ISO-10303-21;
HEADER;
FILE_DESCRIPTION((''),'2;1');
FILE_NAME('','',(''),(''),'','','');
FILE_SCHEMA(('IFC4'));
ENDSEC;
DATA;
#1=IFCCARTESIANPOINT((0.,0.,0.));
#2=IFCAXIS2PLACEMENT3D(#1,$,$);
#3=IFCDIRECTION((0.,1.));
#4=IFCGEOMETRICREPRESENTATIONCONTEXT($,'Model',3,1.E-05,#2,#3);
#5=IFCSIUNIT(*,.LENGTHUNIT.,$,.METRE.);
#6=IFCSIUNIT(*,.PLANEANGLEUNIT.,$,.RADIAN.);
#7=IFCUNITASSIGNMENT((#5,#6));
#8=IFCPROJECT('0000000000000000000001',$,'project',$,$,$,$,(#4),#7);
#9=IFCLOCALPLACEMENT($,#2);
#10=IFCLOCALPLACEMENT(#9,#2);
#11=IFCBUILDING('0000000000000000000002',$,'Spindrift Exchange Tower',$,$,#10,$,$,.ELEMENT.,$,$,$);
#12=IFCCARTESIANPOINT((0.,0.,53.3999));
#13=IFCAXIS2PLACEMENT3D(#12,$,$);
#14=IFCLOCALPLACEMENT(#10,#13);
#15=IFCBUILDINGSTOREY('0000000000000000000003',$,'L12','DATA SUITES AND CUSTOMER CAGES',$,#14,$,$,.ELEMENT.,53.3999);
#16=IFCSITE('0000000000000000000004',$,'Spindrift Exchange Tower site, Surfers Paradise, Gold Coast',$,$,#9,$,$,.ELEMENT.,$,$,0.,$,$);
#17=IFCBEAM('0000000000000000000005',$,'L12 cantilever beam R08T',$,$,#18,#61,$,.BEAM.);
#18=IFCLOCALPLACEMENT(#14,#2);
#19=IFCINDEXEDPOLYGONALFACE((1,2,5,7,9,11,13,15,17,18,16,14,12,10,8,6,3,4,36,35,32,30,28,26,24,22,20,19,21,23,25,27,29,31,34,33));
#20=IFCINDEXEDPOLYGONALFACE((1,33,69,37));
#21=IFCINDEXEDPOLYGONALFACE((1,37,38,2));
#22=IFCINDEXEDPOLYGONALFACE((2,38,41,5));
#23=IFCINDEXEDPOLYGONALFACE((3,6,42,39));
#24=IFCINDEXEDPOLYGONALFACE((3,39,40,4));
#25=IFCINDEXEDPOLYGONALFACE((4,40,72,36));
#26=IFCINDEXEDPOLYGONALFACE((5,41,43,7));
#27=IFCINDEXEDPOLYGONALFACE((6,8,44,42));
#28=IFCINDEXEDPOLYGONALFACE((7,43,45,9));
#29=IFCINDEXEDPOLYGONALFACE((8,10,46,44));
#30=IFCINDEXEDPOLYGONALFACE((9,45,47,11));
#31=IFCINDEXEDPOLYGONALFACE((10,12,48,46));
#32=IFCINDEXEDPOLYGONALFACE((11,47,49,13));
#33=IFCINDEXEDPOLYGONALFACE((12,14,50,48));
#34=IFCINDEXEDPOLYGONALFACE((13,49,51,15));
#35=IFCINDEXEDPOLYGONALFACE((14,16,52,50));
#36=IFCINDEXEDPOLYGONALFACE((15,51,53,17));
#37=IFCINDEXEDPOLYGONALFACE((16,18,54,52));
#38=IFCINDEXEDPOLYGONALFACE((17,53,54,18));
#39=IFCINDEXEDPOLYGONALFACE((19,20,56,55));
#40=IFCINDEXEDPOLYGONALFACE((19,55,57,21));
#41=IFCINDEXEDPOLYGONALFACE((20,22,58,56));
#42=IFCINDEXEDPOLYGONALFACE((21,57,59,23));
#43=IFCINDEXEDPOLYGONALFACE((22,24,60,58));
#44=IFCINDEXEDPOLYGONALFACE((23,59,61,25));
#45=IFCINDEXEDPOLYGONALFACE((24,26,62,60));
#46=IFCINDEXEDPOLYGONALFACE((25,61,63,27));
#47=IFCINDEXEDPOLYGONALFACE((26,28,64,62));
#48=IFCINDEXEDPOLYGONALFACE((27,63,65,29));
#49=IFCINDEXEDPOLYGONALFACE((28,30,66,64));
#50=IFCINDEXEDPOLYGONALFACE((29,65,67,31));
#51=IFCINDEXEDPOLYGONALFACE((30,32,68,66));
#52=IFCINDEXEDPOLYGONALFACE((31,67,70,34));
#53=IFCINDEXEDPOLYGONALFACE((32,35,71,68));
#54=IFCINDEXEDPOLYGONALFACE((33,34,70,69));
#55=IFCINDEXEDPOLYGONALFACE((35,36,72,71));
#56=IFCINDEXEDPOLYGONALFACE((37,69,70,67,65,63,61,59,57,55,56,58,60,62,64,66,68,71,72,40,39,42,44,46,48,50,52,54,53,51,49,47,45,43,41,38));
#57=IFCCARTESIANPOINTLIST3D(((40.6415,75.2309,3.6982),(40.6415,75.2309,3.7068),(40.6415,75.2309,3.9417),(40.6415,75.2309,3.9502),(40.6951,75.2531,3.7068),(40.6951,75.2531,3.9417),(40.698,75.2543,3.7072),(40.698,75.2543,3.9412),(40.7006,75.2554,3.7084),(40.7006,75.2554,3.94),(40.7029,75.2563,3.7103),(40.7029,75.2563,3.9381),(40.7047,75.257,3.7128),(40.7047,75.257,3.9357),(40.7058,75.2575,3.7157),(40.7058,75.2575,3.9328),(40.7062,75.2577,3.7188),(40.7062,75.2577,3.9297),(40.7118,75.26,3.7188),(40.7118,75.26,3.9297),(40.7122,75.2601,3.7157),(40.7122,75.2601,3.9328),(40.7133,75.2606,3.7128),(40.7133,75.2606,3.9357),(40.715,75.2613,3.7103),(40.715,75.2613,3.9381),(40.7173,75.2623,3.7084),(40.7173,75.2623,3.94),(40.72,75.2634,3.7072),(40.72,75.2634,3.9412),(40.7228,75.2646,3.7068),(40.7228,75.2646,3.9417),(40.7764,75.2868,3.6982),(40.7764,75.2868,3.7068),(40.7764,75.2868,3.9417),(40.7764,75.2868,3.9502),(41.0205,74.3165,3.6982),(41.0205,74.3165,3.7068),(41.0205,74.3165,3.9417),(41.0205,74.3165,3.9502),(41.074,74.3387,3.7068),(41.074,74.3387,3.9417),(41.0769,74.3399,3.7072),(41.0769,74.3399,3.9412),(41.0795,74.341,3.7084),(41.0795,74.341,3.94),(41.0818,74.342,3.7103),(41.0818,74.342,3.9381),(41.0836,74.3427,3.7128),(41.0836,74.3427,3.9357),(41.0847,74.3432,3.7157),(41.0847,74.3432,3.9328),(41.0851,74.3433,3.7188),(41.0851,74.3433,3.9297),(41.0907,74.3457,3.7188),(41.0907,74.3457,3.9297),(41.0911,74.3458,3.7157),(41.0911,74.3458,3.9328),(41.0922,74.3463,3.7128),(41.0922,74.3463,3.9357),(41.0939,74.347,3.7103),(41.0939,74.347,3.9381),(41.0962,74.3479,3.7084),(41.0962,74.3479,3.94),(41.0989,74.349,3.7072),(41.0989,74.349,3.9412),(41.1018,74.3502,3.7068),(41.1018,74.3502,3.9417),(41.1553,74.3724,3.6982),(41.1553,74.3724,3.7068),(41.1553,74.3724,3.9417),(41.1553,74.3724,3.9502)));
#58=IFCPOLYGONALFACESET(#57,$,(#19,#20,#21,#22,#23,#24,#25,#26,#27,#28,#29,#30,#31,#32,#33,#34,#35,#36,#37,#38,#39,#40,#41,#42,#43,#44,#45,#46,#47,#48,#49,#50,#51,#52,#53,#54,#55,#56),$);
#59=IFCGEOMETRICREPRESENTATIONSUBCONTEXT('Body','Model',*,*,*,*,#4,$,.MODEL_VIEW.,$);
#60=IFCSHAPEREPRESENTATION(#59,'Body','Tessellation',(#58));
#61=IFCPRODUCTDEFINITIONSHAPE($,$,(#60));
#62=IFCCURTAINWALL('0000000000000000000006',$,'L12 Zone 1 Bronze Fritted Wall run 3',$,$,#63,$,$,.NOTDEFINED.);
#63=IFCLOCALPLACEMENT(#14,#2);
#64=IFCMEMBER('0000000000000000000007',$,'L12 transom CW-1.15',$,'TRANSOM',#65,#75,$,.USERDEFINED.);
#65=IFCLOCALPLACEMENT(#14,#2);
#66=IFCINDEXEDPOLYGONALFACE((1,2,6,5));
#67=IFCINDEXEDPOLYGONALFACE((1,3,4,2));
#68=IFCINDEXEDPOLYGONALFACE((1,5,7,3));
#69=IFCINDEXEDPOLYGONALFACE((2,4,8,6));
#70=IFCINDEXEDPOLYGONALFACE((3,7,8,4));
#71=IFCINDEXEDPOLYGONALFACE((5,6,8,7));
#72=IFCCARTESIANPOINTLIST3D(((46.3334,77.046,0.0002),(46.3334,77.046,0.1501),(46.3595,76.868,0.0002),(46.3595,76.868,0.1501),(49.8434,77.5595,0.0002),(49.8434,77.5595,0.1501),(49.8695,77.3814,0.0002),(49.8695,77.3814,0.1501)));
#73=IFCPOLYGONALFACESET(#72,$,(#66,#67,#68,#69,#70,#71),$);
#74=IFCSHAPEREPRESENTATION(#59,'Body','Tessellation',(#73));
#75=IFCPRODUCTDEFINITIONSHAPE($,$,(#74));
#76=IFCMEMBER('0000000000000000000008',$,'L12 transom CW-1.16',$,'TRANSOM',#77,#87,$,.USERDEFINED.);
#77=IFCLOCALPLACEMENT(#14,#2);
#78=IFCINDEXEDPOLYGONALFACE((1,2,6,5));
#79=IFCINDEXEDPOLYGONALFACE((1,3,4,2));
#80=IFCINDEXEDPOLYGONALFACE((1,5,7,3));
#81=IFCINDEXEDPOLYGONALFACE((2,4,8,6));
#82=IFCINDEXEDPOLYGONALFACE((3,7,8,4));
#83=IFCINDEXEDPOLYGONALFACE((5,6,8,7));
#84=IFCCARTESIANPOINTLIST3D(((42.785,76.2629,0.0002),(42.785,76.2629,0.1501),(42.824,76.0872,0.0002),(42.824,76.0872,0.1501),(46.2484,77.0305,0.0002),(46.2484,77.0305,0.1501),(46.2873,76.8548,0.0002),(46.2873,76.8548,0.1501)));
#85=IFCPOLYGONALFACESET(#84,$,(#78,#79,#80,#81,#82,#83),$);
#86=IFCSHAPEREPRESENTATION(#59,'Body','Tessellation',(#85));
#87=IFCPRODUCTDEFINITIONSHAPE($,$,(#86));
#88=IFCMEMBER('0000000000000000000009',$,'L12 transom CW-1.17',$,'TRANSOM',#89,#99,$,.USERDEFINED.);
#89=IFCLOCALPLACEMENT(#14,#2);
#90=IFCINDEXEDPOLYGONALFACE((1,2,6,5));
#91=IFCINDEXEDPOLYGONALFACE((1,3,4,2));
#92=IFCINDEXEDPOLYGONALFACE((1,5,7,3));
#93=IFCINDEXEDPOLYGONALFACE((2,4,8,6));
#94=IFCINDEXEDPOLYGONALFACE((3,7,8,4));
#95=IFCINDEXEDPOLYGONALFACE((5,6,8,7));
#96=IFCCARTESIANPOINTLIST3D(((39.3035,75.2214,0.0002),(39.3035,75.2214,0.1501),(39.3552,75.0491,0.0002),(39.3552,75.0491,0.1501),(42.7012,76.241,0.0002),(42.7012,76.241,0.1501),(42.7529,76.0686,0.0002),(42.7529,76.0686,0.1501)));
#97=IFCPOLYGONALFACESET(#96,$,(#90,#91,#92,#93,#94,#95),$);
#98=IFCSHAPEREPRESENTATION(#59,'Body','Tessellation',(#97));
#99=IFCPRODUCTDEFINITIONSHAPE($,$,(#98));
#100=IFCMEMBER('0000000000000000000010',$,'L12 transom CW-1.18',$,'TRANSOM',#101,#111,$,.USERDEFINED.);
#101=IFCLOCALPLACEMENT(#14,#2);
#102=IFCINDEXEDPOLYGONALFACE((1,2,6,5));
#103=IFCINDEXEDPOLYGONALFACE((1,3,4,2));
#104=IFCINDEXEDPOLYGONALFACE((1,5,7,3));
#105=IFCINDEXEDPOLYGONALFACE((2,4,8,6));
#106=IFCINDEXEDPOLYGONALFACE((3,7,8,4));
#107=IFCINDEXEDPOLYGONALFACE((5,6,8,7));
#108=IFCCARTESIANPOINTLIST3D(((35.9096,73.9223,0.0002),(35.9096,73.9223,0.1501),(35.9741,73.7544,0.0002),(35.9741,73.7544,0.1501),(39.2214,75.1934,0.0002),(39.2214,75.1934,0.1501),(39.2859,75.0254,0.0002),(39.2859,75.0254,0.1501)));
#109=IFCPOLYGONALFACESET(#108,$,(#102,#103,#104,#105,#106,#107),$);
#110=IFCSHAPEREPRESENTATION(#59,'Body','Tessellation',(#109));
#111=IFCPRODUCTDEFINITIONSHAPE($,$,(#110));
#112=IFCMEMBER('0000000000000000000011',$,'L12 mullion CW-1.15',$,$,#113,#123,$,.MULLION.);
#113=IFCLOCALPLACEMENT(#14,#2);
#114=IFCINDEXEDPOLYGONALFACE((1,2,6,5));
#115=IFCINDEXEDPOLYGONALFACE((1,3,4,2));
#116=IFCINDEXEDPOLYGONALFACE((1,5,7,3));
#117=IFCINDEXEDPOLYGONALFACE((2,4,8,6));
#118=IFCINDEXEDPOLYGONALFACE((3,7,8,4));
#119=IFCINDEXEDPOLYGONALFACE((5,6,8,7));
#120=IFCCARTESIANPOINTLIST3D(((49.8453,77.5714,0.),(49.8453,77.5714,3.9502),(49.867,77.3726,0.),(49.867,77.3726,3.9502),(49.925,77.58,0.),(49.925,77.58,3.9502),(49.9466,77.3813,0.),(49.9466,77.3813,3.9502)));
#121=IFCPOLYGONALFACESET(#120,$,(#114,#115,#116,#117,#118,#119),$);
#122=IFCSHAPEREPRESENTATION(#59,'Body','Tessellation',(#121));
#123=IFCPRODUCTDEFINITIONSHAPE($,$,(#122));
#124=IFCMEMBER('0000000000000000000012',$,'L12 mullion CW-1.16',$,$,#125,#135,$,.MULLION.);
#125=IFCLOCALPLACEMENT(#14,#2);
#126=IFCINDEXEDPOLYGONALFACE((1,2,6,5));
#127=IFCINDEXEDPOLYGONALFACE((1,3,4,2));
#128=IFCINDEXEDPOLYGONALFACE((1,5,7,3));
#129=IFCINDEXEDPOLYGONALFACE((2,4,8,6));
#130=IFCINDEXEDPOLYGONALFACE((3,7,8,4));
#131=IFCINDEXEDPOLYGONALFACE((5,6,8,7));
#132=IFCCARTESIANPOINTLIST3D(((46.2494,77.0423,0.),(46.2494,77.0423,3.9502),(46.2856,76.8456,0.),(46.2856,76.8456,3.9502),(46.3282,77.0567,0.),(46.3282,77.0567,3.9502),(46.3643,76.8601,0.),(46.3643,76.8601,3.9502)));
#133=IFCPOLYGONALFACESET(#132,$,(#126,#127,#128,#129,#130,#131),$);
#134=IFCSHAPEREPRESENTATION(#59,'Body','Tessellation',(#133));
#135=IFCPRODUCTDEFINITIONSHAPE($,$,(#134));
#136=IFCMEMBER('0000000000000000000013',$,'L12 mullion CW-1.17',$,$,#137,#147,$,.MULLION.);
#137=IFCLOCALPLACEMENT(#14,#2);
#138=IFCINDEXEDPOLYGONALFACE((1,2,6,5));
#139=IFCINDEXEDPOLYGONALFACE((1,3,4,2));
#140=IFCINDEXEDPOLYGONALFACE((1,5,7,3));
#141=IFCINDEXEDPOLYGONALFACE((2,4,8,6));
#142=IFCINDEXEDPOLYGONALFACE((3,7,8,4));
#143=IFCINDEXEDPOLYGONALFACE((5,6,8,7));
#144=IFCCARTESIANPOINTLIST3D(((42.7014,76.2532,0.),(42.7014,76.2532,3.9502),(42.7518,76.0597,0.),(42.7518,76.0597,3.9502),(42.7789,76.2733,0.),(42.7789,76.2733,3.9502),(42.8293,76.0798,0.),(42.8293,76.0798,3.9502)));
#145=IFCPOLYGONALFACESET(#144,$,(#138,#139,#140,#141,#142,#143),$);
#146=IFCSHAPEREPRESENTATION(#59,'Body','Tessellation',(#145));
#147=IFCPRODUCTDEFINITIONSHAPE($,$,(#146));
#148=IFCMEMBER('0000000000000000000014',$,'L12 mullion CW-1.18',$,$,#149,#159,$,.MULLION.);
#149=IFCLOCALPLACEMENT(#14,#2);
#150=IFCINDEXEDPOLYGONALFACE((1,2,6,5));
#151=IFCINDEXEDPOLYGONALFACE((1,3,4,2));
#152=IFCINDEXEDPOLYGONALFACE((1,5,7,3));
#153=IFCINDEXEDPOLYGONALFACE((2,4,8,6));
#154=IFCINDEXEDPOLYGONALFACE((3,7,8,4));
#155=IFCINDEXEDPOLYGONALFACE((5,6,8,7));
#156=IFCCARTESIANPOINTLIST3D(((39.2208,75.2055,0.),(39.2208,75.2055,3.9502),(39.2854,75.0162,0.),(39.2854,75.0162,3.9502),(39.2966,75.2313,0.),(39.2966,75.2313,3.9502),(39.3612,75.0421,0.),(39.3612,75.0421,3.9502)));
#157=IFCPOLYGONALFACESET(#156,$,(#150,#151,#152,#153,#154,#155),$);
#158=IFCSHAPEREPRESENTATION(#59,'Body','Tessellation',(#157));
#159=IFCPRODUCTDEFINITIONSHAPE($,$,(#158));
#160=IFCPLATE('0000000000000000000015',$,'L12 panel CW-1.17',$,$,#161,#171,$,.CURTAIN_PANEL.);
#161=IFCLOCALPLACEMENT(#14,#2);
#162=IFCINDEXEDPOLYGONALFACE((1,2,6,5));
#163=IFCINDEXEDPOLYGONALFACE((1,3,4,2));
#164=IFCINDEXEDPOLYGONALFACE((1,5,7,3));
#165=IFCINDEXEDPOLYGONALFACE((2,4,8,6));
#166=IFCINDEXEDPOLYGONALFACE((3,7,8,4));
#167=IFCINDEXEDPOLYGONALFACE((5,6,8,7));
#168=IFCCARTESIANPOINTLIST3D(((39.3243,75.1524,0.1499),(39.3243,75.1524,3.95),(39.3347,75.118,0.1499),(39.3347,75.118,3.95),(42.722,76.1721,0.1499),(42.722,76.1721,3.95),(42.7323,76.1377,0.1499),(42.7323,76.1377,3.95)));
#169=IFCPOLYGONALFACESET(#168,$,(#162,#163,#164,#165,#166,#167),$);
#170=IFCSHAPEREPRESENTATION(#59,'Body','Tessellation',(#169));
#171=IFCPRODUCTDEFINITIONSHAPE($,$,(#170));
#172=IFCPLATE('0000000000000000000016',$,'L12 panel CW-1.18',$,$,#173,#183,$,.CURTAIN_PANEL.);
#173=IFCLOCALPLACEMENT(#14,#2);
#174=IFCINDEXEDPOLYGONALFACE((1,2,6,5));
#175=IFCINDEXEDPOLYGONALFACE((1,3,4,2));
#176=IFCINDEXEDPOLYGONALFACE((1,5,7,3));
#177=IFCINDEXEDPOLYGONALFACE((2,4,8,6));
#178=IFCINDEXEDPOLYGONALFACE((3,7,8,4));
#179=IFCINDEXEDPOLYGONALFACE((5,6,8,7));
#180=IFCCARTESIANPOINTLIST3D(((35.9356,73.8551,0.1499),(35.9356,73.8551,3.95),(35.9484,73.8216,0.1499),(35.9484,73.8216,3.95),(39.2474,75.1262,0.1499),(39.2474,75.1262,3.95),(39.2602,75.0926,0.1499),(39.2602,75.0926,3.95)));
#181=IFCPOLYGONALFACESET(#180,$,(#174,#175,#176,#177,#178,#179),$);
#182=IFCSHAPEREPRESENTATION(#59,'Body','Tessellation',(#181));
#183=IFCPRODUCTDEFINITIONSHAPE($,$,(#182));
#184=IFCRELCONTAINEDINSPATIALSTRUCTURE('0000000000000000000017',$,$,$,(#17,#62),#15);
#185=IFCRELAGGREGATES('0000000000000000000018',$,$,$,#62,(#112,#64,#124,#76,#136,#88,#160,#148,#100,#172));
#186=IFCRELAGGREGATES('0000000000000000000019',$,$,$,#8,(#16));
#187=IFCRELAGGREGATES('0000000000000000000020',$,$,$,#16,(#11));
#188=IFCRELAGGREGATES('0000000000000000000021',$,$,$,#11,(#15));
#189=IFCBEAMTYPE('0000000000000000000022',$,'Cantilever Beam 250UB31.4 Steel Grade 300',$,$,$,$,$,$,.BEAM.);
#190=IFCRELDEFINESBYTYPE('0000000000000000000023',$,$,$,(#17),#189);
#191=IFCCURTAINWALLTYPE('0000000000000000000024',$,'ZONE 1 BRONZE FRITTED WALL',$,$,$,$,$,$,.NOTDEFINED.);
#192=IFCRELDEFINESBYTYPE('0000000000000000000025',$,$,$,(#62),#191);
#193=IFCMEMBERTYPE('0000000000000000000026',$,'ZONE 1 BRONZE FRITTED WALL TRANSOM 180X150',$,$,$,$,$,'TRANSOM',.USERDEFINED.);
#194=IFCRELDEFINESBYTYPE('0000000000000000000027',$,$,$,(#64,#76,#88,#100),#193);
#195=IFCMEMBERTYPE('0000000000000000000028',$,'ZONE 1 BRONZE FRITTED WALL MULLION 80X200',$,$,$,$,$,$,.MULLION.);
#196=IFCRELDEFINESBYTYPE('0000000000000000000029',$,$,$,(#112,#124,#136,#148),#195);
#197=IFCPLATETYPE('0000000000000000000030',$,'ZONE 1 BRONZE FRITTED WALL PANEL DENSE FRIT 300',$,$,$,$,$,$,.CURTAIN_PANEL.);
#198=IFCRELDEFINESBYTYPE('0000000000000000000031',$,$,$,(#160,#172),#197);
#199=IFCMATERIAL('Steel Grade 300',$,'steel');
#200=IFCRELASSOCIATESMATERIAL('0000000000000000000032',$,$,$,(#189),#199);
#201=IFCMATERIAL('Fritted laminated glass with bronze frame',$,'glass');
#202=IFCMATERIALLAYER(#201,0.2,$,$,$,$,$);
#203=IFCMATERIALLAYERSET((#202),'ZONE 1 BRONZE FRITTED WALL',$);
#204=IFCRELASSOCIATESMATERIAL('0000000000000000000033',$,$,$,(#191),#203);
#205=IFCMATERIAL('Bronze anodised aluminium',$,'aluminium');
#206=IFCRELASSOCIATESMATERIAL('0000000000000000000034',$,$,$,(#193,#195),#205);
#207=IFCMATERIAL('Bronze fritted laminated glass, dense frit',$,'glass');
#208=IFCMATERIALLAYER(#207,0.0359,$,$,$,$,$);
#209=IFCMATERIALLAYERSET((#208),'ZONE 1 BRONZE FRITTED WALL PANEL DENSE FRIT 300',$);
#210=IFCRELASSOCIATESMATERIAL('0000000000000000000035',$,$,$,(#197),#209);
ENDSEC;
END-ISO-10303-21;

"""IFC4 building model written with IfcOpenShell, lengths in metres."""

from ifc_helpers import new_model, si_unit, direction, frame, origin, origin_2d, place, context, subcontext, project, spatial, rectangle, i_section, extrude, source, transform, mapped, material, layer, layer_set, material_profile, profile_set, type_object, element, aggregate, save


model = new_model("IFC4")

# Units and contexts
model_context = context("Model", 3, precision=1e-05, world=origin(), true_north=direction((0.0, 1.0)))
body_context = subcontext(model_context, "Body", "Model", "MODEL_VIEW")
ifc_project = project(units=[si_unit("LENGTHUNIT", "METRE"), si_unit("PLANEANGLEUNIT", "RADIAN")], contexts=[model_context])

# Site, building, storey
site_placement = place(None, origin())
site = spatial("IfcSite", under=ifc_project, at=site_placement, Name="Spindrift Exchange Tower site, Surfers Paradise, Gold Coast", CompositionType="ELEMENT", RefElevation=0.0)
building_placement = place(site_placement, origin())
building = spatial("IfcBuilding", under=site, at=building_placement, Name="Spindrift Exchange Tower", CompositionType="ELEMENT")
storey_placement = place(building_placement, frame((0.0, 0.0, 53.3999)))
storey = spatial("IfcBuildingStorey", under=building, at=storey_placement, Name="L12", Description="DATA SUITES AND CUSTOMER CAGES", CompositionType="ELEMENT", Elevation=53.3999)

# Beam
ifc_material_1 = material(Name="Steel Grade 300", Category="steel")
ifc_material_profile_1 = material_profile(ifc_material_1, i_section(OverallWidth=0.146, OverallDepth=0.252, WebThickness=0.0061, FlangeThickness=0.0085, FilletRadius=0.012, at=origin_2d()), Name="250UB31.4")
ifc_profile_set_1 = profile_set([ifc_material_profile_1], Name="Steel Grade 300")
beam_type_1 = type_object("IfcBeamType", Name="Cantilever Beam 250UB31.4 Steel Grade 300", PredefinedType="BEAM", material=ifc_profile_set_1)
shared_shape_1 = source(origin(), body_context, "Body", "SweptSolid", [
    extrude(i_section(OverallWidth=0.146, OverallDepth=0.252, WebThickness=0.0061, FlangeThickness=0.0085, FilletRadius=0.012, at=origin_2d()), origin(), (0.0, 0.0, 1.0), 0.9897),
])
beam_1_placement = place(storey_placement, frame((41.0879, 74.3445, 3.8242), z_axis=(-0.382846, 0.923812, 0.0), x_axis=(-0.923812, -0.382846, 0.0)))
element("IfcBeam", 1, at=beam_1_placement, inside=storey, type_object=beam_type_1, Name="L12 cantilever beam R08T", PredefinedType="BEAM", context=body_context, shape_type="MappedRepresentation", body=[
    mapped(shared_shape_1, transform((0.0, 0.0, 0.0), scale=1.0)),
])

# Curtain wall, members, plates
ifc_material_2 = material(Name="Fritted laminated glass with bronze frame", Category="glass")
ifc_layer_1 = layer(ifc_material_2, 0.2)
ifc_layer_set_1 = layer_set([ifc_layer_1], Name="ZONE 1 BRONZE FRITTED WALL")
curtain_wall_type = type_object("IfcCurtainWallType", Name="ZONE 1 BRONZE FRITTED WALL", PredefinedType="NOTDEFINED", material=ifc_layer_set_1)
curtain_wall_placement = place(storey_placement, origin())
curtain_wall = element("IfcCurtainWall", 2, at=curtain_wall_placement, inside=storey, type_object=curtain_wall_type, Name="L12 Zone 1 Bronze Fritted Wall run 3", PredefinedType="NOTDEFINED")
ifc_material_3 = material(Name="Bronze anodised aluminium", Category="aluminium")
ifc_material_profile_2 = material_profile(ifc_material_3, rectangle(XDim=0.1799, YDim=0.1499, at=origin_2d()), Name="ZONE 1 BRONZE FRITTED WALL TRANSOM 180X150")
ifc_profile_set_2 = profile_set([ifc_material_profile_2], Name="Bronze anodised aluminium")
member_type_1 = type_object("IfcMemberType", Name="ZONE 1 BRONZE FRITTED WALL TRANSOM 180X150", ElementType="TRANSOM", PredefinedType="USERDEFINED", material=ifc_profile_set_2)
shared_shape_2 = source(origin(), body_context, "Body", "SweptSolid", [
    extrude(rectangle(XDim=0.1799, YDim=0.1499, at=origin_2d()), origin(), (0.0, 0.0, 1.0), 3.5474),
])
member_1_placement = place(storey_placement, frame((49.8564, 77.4705, 0.0752), z_axis=(-0.98947, -0.144735, 0.0), x_axis=(0.144735, -0.98947, 0.0)))
member_1 = element("IfcMember", 3, at=member_1_placement, type_object=member_type_1, Name="L12 transom CW-1.15", ObjectType="TRANSOM", PredefinedType="USERDEFINED", context=body_context, shape_type="MappedRepresentation", body=[
    mapped(shared_shape_2, transform((0.0, 0.0, 0.0), scale=1.0)),
])
member_2_placement = place(storey_placement, frame((46.2678, 76.9426, 0.0752), z_axis=(-0.97631, -0.216377, 0.0), x_axis=(0.216377, -0.97631, 0.0)))
member_2 = element("IfcMember", 4, at=member_2_placement, type_object=member_type_1, Name="L12 transom CW-1.16", ObjectType="TRANSOM", PredefinedType="USERDEFINED", context=body_context, shape_type="MappedRepresentation", body=[
    mapped(shared_shape_2, transform((0.0, 0.0, 0.0), scale=1.0)),
])
member_3_placement = place(storey_placement, frame((42.7271, 76.1548, 0.0752), z_axis=(-0.957809, -0.287405, 0.0), x_axis=(0.287405, -0.957809, 0.0)))
member_3 = element("IfcMember", 5, at=member_3_placement, type_object=member_type_1, Name="L12 transom CW-1.17", ObjectType="TRANSOM", PredefinedType="USERDEFINED", context=body_context, shape_type="MappedRepresentation", body=[
    mapped(shared_shape_2, transform((0.0, 0.0, 0.0), scale=1.0)),
])
member_4_placement = place(storey_placement, frame((39.2537, 75.1094, 0.0752), z_axis=(-0.933606, -0.358301, 0.0), x_axis=(0.358301, -0.933606, 0.0)))
member_4 = element("IfcMember", 6, at=member_4_placement, type_object=member_type_1, Name="L12 transom CW-1.18", ObjectType="TRANSOM", PredefinedType="USERDEFINED", context=body_context, shape_type="MappedRepresentation", body=[
    mapped(shared_shape_2, transform((0.0, 0.0, 0.0), scale=1.0)),
])
ifc_material_profile_3 = material_profile(ifc_material_3, rectangle(XDim=0.0801, YDim=0.2, at=origin_2d()), Name="ZONE 1 BRONZE FRITTED WALL MULLION 80X200")
ifc_profile_set_3 = profile_set([ifc_material_profile_3], Name="Bronze anodised aluminium")
member_type_2 = type_object("IfcMemberType", Name="ZONE 1 BRONZE FRITTED WALL MULLION 80X200", PredefinedType="MULLION", material=ifc_profile_set_3)
shared_shape_3 = source(origin(), body_context, "Body", "SweptSolid", [
    extrude(rectangle(XDim=0.0801, YDim=0.2, at=origin_2d()), origin(), (0.0, 0.0, 1.0), 3.9502),
])
member_5_placement = place(storey_placement, frame((49.896, 77.4763, 0.0), z_axis=(0.0, 0.0, 1.0), x_axis=(-0.994098, -0.108482, 0.0)))
member_5 = element("IfcMember", 7, at=member_5_placement, type_object=member_type_2, Name="L12 mullion CW-1.15", PredefinedType="MULLION", context=body_context, shape_type="MappedRepresentation", body=[
    mapped(shared_shape_3, transform((0.0, 0.0, 0.0), scale=1.0)),
])
member_6_placement = place(storey_placement, frame((46.3069, 76.9512, 0.0), z_axis=(0.0, 0.0, 1.0), x_axis=(-0.983545, -0.180663, 0.0)))
member_6 = element("IfcMember", 8, at=member_6_placement, type_object=member_type_2, Name="L12 mullion CW-1.16", PredefinedType="MULLION", context=body_context, shape_type="MappedRepresentation", body=[
    mapped(shared_shape_3, transform((0.0, 0.0, 0.0), scale=1.0)),
])
member_7_placement = place(storey_placement, frame((42.7654, 76.1665, 0.0), z_axis=(0.0, 0.0, 1.0), x_axis=(-0.967708, -0.252075, 0.0)))
member_7 = element("IfcMember", 9, at=member_7_placement, type_object=member_type_2, Name="L12 mullion CW-1.17", PredefinedType="MULLION", context=body_context, shape_type="MappedRepresentation", body=[
    mapped(shared_shape_3, transform((0.0, 0.0, 0.0), scale=1.0)),
])
member_8_placement = place(storey_placement, frame((39.291, 75.1238, 0.0), z_axis=(0.0, 0.0, 1.0), x_axis=(-0.946363, -0.323106, 0.0)))
member_8 = element("IfcMember", 10, at=member_8_placement, type_object=member_type_2, Name="L12 mullion CW-1.18", PredefinedType="MULLION", context=body_context, shape_type="MappedRepresentation", body=[
    mapped(shared_shape_3, transform((0.0, 0.0, 0.0), scale=1.0)),
])
ifc_material_4 = material(Name="Bronze fritted laminated glass, dense frit", Category="glass")
ifc_layer_2 = layer(ifc_material_4, 0.0359)
ifc_layer_set_2 = layer_set([ifc_layer_2], Name="ZONE 1 BRONZE FRITTED WALL PANEL DENSE FRIT 300")
plate_type_1 = type_object("IfcPlateType", Name="ZONE 1 BRONZE FRITTED WALL PANEL DENSE FRIT 300", PredefinedType="CURTAIN_PANEL", material=ifc_layer_set_2)
shared_shape_4 = source(origin(), body_context, "Body", "SweptSolid", [
    extrude(rectangle(XDim=3.5474, YDim=0.0359, at=origin_2d()), origin(), (0.0, 0.0, 1.0), 3.8),
])
plate_1_placement = place(storey_placement, frame((41.0283, 75.645, 0.1499), z_axis=(0.0, 0.0, 1.0), x_axis=(-0.957795, -0.287451, 0.0)))
plate_1 = element("IfcPlate", 11, at=plate_1_placement, type_object=plate_type_1, Name="L12 panel CW-1.17", PredefinedType="CURTAIN_PANEL", context=body_context, shape_type="MappedRepresentation", body=[
    mapped(shared_shape_4, transform((0.0, 0.0, 0.0), scale=1.0)),
])
plate_2_placement = place(storey_placement, frame((37.5979, 74.4739, 0.1499), z_axis=(0.0, 0.0, 1.0), x_axis=(-0.933604, -0.358306, 0.0)))
plate_2 = element("IfcPlate", 12, at=plate_2_placement, type_object=plate_type_1, Name="L12 panel CW-1.18", PredefinedType="CURTAIN_PANEL", context=body_context, shape_type="MappedRepresentation", body=[
    mapped(shared_shape_4, transform((0.0, 0.0, 0.0), scale=1.0)),
])
aggregate(curtain_wall, [member_5, member_1, member_6, member_2, member_7, member_3, plate_1, member_8, member_4, plate_2])

save(model, "model.ifc")
